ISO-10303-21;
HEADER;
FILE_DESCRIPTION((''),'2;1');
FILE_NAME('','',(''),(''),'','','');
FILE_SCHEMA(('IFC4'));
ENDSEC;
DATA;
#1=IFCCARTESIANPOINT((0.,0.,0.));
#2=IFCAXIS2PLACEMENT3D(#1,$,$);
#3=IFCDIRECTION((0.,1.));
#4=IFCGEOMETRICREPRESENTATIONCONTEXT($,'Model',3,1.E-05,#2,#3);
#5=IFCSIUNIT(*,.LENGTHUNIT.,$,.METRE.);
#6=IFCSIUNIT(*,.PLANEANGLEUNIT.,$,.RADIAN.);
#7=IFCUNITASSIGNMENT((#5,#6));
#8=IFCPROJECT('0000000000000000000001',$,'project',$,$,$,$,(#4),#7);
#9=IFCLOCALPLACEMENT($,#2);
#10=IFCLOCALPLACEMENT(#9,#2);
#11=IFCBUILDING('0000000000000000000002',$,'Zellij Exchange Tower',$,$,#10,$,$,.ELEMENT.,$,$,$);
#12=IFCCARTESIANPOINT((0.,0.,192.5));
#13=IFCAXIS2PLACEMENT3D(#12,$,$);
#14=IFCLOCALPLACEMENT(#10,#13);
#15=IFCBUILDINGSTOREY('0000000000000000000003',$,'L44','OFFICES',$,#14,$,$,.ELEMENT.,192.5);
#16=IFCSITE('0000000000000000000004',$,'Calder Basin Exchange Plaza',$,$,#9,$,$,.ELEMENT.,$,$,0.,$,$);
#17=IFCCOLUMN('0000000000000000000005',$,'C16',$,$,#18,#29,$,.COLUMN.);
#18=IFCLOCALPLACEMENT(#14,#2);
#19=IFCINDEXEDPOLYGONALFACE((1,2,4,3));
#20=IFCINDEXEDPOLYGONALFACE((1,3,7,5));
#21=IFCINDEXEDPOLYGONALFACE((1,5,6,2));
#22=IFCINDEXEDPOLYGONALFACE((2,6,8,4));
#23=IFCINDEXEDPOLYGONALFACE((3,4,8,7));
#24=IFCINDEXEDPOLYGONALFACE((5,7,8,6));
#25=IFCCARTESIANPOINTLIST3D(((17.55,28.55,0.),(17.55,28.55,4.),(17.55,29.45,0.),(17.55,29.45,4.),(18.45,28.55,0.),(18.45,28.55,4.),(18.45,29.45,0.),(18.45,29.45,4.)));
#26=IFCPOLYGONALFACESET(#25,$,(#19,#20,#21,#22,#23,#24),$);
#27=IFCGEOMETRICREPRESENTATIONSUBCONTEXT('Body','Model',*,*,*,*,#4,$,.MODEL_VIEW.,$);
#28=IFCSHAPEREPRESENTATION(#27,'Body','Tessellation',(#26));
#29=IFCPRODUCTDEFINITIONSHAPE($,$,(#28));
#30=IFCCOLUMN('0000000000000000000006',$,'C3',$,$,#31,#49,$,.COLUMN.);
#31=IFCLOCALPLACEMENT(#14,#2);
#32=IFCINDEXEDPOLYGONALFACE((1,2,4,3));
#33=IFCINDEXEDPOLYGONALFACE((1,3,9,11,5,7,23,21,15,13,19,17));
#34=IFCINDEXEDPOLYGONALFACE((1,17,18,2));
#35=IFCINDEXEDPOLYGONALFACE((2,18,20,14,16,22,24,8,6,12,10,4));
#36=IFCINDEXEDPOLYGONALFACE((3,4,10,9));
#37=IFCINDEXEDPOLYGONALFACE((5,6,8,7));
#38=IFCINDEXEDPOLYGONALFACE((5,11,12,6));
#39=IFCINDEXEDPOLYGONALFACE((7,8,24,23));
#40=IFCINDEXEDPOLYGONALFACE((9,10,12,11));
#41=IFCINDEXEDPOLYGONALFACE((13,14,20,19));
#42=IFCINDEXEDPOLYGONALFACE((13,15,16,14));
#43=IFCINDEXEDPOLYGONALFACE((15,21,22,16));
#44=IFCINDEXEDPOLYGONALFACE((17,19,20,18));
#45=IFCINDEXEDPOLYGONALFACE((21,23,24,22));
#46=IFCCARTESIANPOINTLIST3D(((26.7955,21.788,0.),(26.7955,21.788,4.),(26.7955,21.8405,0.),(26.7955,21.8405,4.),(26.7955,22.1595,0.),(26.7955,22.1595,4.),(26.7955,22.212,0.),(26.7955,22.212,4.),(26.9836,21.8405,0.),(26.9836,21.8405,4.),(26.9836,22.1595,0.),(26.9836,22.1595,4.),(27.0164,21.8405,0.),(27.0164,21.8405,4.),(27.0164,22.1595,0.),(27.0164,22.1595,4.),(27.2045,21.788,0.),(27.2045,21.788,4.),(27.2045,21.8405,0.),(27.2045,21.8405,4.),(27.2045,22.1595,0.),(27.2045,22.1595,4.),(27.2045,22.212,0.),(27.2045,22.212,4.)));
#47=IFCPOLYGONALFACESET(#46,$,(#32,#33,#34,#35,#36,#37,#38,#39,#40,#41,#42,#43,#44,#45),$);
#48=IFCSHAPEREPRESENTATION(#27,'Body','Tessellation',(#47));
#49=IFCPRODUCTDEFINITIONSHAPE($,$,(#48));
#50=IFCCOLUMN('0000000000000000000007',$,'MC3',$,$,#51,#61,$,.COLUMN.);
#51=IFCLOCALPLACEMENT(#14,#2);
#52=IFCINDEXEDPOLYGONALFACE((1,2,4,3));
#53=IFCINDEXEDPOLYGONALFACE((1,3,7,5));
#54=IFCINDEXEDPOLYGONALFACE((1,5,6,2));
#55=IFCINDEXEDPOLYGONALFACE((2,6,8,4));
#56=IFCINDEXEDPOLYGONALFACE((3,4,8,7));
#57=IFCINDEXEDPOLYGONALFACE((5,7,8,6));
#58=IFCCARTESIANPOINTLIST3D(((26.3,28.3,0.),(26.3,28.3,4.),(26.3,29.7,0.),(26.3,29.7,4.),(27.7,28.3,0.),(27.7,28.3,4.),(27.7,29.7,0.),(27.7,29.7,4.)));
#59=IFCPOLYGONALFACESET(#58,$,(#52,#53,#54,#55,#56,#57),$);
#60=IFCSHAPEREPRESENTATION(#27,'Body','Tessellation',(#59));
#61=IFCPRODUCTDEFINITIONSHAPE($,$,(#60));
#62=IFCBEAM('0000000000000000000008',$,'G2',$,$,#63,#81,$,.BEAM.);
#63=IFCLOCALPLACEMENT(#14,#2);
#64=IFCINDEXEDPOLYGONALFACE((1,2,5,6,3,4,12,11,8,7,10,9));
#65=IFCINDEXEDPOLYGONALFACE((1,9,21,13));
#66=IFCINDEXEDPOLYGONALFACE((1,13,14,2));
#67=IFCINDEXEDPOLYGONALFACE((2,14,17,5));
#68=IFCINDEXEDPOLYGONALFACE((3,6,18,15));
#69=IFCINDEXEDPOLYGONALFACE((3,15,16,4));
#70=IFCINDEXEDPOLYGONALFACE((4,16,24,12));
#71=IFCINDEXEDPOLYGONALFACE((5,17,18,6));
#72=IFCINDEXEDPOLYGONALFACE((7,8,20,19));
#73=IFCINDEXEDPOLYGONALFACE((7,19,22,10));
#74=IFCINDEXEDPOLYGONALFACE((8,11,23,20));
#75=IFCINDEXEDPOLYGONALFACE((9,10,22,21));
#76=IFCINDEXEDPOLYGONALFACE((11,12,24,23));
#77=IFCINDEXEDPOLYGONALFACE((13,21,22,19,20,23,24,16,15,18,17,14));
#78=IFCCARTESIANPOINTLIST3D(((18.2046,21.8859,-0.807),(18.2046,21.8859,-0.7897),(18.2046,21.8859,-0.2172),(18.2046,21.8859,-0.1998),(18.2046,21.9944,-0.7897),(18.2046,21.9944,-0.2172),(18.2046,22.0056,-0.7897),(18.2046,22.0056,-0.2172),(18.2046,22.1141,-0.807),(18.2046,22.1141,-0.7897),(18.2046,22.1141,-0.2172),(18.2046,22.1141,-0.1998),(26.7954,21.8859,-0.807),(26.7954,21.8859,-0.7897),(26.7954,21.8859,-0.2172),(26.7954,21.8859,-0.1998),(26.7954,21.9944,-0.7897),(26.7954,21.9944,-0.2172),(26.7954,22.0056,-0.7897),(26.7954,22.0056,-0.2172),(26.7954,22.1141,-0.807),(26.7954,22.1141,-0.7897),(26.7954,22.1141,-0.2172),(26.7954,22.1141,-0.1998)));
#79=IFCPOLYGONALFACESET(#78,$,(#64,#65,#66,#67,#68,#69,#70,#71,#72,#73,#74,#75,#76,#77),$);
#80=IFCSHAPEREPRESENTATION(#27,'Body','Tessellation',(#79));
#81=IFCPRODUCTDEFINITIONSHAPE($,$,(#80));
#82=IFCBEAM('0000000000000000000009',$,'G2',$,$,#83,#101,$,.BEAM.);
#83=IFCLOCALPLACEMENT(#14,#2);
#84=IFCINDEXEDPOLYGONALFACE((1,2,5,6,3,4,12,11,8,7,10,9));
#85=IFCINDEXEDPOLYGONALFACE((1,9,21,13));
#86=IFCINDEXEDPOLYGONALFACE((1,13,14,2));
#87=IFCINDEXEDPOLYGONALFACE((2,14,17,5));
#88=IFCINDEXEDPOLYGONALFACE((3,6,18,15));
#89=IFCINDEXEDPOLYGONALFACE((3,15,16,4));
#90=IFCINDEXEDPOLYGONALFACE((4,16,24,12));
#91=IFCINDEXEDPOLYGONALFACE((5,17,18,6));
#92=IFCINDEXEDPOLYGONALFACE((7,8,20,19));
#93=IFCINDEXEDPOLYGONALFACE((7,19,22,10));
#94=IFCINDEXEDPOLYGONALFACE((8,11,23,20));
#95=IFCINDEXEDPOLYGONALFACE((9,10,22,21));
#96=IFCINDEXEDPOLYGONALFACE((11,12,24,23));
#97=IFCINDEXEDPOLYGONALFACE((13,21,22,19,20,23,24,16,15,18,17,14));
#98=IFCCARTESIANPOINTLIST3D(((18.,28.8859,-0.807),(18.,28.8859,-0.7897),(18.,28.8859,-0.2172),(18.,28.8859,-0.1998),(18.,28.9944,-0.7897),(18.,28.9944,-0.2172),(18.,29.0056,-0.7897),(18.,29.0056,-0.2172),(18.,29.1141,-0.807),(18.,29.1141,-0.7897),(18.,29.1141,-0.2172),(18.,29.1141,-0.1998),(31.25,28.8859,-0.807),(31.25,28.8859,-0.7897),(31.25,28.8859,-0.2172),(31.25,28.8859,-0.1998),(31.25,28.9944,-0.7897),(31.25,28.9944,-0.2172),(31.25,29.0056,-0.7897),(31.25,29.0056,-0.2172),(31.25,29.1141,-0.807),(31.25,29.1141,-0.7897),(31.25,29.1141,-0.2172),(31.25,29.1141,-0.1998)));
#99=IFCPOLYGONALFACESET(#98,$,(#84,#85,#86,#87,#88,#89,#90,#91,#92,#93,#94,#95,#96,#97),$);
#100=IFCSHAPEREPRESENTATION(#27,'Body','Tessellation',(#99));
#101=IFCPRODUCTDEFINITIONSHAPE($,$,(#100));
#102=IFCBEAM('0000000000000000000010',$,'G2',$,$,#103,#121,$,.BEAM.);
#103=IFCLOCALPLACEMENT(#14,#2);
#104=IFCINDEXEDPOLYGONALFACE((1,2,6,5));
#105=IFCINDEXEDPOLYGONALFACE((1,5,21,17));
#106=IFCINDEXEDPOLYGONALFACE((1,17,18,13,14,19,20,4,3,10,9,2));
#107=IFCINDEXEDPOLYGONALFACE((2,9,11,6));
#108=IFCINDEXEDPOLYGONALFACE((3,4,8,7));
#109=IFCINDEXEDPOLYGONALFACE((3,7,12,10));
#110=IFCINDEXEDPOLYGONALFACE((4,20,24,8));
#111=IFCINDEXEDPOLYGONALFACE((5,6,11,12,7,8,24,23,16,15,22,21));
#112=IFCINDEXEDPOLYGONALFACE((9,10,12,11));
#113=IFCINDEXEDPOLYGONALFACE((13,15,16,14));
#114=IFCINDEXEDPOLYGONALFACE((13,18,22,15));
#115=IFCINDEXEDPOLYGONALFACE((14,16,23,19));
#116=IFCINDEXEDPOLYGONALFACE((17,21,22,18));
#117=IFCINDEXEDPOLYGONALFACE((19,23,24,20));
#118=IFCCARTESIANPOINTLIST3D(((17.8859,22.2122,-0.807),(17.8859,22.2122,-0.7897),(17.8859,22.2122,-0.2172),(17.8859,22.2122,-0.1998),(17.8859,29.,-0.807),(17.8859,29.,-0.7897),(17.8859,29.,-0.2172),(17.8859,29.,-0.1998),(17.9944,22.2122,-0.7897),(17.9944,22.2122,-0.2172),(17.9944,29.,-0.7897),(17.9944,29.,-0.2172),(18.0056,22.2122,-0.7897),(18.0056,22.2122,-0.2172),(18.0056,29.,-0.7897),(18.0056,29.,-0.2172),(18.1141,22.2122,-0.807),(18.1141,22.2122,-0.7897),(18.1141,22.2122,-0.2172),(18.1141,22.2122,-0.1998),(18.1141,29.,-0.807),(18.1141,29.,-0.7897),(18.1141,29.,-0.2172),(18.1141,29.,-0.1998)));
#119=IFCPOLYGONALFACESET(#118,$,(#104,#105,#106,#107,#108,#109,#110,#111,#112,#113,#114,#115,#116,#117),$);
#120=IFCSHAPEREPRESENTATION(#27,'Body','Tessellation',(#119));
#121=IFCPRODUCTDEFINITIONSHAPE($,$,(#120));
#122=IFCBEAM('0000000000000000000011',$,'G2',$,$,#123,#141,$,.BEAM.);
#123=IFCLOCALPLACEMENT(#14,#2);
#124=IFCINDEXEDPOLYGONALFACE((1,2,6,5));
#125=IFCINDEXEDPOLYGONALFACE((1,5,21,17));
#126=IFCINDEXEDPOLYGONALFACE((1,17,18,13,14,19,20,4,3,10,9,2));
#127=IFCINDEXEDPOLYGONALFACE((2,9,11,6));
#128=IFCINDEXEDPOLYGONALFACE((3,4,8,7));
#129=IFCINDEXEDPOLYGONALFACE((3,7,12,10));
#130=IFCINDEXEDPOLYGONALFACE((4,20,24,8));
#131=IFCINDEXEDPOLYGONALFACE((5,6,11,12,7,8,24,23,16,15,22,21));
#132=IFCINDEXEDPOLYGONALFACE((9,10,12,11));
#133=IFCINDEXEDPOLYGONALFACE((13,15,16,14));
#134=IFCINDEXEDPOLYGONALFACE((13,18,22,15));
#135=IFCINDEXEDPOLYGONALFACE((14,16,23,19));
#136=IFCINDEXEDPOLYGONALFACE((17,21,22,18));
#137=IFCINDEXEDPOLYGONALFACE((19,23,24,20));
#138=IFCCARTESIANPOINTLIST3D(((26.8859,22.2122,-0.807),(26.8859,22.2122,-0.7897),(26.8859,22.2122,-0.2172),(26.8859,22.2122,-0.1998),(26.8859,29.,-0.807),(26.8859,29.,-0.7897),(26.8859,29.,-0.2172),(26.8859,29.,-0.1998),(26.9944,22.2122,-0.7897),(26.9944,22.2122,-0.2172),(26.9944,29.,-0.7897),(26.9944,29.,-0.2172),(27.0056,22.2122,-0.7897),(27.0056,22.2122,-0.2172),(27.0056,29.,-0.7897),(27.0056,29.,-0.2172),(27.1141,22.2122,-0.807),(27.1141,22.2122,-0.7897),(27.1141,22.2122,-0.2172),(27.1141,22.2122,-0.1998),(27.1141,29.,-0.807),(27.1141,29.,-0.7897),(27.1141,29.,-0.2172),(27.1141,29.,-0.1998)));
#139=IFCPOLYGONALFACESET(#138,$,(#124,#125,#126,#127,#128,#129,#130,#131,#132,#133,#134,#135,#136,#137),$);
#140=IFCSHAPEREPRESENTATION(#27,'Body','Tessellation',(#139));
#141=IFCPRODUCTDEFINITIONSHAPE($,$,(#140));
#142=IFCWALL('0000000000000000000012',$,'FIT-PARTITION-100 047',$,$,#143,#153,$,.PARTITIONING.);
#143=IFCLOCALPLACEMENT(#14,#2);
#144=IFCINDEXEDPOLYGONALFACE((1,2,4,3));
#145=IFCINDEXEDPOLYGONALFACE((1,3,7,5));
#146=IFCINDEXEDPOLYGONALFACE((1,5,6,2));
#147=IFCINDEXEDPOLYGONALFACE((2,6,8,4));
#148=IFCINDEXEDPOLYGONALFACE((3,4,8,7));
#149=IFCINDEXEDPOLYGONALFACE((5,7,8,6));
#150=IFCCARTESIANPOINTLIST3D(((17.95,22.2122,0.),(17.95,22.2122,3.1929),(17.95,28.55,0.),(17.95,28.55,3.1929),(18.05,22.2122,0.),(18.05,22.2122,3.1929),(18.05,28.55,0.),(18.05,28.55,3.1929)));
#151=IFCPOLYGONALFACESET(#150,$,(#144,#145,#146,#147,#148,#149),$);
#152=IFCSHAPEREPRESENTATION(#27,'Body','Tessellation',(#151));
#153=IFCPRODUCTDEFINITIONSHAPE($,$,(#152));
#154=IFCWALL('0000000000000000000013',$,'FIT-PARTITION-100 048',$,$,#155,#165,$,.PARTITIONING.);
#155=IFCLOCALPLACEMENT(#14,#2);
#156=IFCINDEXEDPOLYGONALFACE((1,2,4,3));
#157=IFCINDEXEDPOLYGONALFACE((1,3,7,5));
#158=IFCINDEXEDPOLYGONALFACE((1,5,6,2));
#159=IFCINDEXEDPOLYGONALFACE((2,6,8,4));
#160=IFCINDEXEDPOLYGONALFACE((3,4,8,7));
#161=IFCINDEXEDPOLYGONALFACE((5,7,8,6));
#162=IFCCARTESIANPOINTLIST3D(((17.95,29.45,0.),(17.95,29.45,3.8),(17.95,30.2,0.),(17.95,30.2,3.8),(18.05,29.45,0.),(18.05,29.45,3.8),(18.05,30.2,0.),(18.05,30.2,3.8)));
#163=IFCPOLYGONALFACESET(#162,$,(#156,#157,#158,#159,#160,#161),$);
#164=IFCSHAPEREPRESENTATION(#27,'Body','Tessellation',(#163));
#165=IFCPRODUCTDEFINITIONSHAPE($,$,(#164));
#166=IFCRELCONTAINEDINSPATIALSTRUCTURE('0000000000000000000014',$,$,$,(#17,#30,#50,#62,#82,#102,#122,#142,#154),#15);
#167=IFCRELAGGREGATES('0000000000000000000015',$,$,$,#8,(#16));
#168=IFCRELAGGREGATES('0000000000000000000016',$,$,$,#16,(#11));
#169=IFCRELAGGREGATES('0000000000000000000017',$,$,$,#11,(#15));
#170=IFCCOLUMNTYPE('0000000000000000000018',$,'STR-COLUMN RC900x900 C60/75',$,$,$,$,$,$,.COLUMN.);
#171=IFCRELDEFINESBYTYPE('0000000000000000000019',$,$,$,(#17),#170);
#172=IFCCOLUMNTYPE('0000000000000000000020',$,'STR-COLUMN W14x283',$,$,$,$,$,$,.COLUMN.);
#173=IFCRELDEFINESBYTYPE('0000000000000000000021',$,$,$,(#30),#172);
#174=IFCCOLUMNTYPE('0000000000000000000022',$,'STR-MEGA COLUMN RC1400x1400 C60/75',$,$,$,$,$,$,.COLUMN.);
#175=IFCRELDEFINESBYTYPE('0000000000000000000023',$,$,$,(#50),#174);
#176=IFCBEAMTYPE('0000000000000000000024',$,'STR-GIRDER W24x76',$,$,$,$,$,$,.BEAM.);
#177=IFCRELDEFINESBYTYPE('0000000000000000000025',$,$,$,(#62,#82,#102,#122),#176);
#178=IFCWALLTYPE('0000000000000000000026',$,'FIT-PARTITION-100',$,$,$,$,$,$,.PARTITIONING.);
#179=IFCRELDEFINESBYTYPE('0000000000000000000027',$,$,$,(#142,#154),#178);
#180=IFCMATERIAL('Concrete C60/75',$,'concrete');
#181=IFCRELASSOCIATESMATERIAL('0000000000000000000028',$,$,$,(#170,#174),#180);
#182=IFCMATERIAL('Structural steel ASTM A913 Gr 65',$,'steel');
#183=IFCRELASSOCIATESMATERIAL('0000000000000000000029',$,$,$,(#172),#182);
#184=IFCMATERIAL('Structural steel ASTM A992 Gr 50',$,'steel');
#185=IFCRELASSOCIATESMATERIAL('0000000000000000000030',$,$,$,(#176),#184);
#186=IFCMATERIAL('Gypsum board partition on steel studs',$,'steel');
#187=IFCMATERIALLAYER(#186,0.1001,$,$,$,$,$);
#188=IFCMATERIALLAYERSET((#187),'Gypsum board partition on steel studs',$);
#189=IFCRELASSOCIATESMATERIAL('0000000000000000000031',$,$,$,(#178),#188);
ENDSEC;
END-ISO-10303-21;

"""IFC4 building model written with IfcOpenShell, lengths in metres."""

from ifc_helpers import new_model, si_unit, direction, frame, frame_2d, origin, origin_2d, place, context, subcontext, project, spatial, rectangle, i_section, extrude, material, layer, layer_set, material_profile, profile_set, type_object, element, save


model = new_model("IFC4")

# Units and contexts
model_context = context("Model", 3, precision=1e-05, world=origin(), true_north=direction((0.0, 1.0)))
body_context = subcontext(model_context, "Body", "Model", "MODEL_VIEW")
ifc_project = project(units=[si_unit("LENGTHUNIT", "METRE"), si_unit("PLANEANGLEUNIT", "RADIAN")], contexts=[model_context])

# Site, building, storey
site_placement = place(None, origin())
site = spatial("IfcSite", under=ifc_project, at=site_placement, Name="Calder Basin Exchange Plaza", CompositionType="ELEMENT", RefElevation=0.0)
building_placement = place(site_placement, origin())
building = spatial("IfcBuilding", under=site, at=building_placement, Name="Zellij Exchange Tower", CompositionType="ELEMENT")
storey_placement = place(building_placement, frame((0.0, 0.0, 192.5)))
storey = spatial("IfcBuildingStorey", under=building, at=storey_placement, Name="L44", Description="OFFICES", CompositionType="ELEMENT", Elevation=192.5)

# Columns
ifc_material_1 = material(Name="Concrete C60/75", Category="concrete")
ifc_material_profile_1 = material_profile(ifc_material_1, rectangle(XDim=0.8999, YDim=0.8999, at=origin_2d()), Name="STR-COLUMN RC900x900 C60/75")
ifc_profile_set_1 = profile_set([ifc_material_profile_1], Name="Concrete C60/75")
column_type_1 = type_object("IfcColumnType", Name="STR-COLUMN RC900x900 C60/75", PredefinedType="COLUMN", material=ifc_profile_set_1)
column_1_placement = place(storey_placement, frame((18.0, 29.0, 0.0), z_axis=(0.0, 0.0, 1.0), x_axis=(1.0, 0.0, 0.0)))
element("IfcColumn", 1, at=column_1_placement, inside=storey, type_object=column_type_1, Name="C16", PredefinedType="COLUMN", context=body_context, shape_type="SweptSolid", body=[
    extrude(rectangle(XDim=0.8999, YDim=0.8999, at=origin_2d()), origin(), (0.0, 0.0, 1.0), 4.0),
])
ifc_material_2 = material(Name="Structural steel ASTM A913 Gr 65", Category="steel")
ifc_material_profile_2 = material_profile(ifc_material_2, i_section(OverallWidth=0.4089, OverallDepth=0.4241, WebThickness=0.0327, FlangeThickness=0.0525, at=origin_2d()), Name="W14x283")
ifc_profile_set_2 = profile_set([ifc_material_profile_2], Name="Structural steel ASTM A913 Gr 65")
column_type_2 = type_object("IfcColumnType", Name="STR-COLUMN W14x283", PredefinedType="COLUMN", material=ifc_profile_set_2)
column_2_placement = place(storey_placement, frame((27.0, 22.0, 0.0), z_axis=(0.0, 0.0, 1.0), x_axis=(1.0, 0.0, 0.0)))
element("IfcColumn", 2, at=column_2_placement, inside=storey, type_object=column_type_2, Name="C3", PredefinedType="COLUMN", context=body_context, shape_type="SweptSolid", body=[
    extrude(i_section(OverallWidth=0.4089, OverallDepth=0.4241, WebThickness=0.0327, FlangeThickness=0.0525, at=origin_2d()), origin(), (0.0, 0.0, 1.0), 4.0),
])
ifc_material_profile_3 = material_profile(ifc_material_1, rectangle(XDim=1.3999, YDim=1.3999, at=origin_2d()), Name="STR-MEGA COLUMN RC1400x1400 C60/75")
ifc_profile_set_3 = profile_set([ifc_material_profile_3], Name="Concrete C60/75")
column_type_3 = type_object("IfcColumnType", Name="STR-MEGA COLUMN RC1400x1400 C60/75", PredefinedType="COLUMN", material=ifc_profile_set_3)
column_3_placement = place(storey_placement, frame((27.0, 29.0, 0.0), z_axis=(0.0, 0.0, 1.0), x_axis=(1.0, 0.0, 0.0)))
element("IfcColumn", 3, at=column_3_placement, inside=storey, type_object=column_type_3, Name="MC3", PredefinedType="COLUMN", context=body_context, shape_type="SweptSolid", body=[
    extrude(rectangle(XDim=1.3999, YDim=1.3999, at=origin_2d()), origin(), (0.0, 0.0, 1.0), 4.0),
])

# Beams
ifc_material_3 = material(Name="Structural steel ASTM A992 Gr 50", Category="steel")
ifc_material_profile_4 = material_profile(ifc_material_3, i_section(OverallWidth=0.2283, OverallDepth=0.6072, WebThickness=0.0112, FlangeThickness=0.0173, at=origin_2d()), Name="W24x76")
ifc_profile_set_4 = profile_set([ifc_material_profile_4], Name="Structural steel ASTM A992 Gr 50")
beam_type = type_object("IfcBeamType", Name="STR-GIRDER W24x76", PredefinedType="BEAM", material=ifc_profile_set_4)
beam_1_placement = place(storey_placement, frame((18.2046, 22.0, -0.5034), z_axis=(1.0, 0.0, 0.0), x_axis=(0.0, 1.0, 0.0)))
element("IfcBeam", 4, at=beam_1_placement, inside=storey, type_object=beam_type, Name="G2", PredefinedType="BEAM", context=body_context, shape_type="SweptSolid", body=[
    extrude(i_section(OverallWidth=0.2283, OverallDepth=0.6072, WebThickness=0.0112, FlangeThickness=0.0173, at=origin_2d()), origin(), (0.0, 0.0, 1.0), 8.5908),
])
beam_2_placement = place(storey_placement, frame((18.0, 29.0, -0.5034), z_axis=(1.0, 0.0, 0.0), x_axis=(0.0, 1.0, 0.0)))
element("IfcBeam", 5, at=beam_2_placement, inside=storey, type_object=beam_type, Name="G2", PredefinedType="BEAM", context=body_context, shape_type="SweptSolid", body=[
    extrude(i_section(OverallWidth=0.2283, OverallDepth=0.6072, WebThickness=0.0112, FlangeThickness=0.0173, at=origin_2d()), origin(), (0.0, 0.0, 1.0), 13.25),
])
for number, where, z_axis, x_axis, name in (
    (6, (18.0, 22.2122, -0.5034), (0.0, 1.0, 0.0), (-1.0, 0.0, 0.0), "G2"),
    (7, (27.0, 22.2122, -0.5034), (0.0, 1.0, 0.0), (-1.0, 0.0, 0.0), "G2"),
):
    element("IfcBeam", number, at=place(storey_placement, frame(where, z_axis=z_axis, x_axis=x_axis)), inside=storey, type_object=beam_type, Name=name, PredefinedType="BEAM", context=body_context, shape_type="SweptSolid", body=[
        extrude(i_section(OverallWidth=0.2283, OverallDepth=0.6072, WebThickness=0.0112, FlangeThickness=0.0173, at=origin_2d()), origin(), (0.0, 0.0, 1.0), 6.7878),
    ])

# Walls
ifc_material_4 = material(Name="Gypsum board partition on steel studs", Category="steel")
ifc_layer = layer(ifc_material_4, 0.1001)
ifc_layer_set = layer_set([ifc_layer], Name="Gypsum board partition on steel studs")
wall_type = type_object("IfcWallType", Name="FIT-PARTITION-100", PredefinedType="PARTITIONING", material=ifc_layer_set)
wall_1_placement = place(storey_placement, frame((18.0, 22.2122, 0.0), z_axis=(0.0, 0.0, 1.0), x_axis=(0.0, 1.0, 0.0)))
element("IfcWall", 8, at=wall_1_placement, inside=storey, type_object=wall_type, Name="FIT-PARTITION-100 047", PredefinedType="PARTITIONING", context=body_context, shape_type="SweptSolid", body=[
    extrude(rectangle(XDim=6.3379, YDim=0.1001, at=frame_2d((3.1689, 0.0))), origin(), (0.0, 0.0, 1.0), 3.1929),
])
wall_2_placement = place(storey_placement, frame((18.0, 29.45, 0.0), z_axis=(0.0, 0.0, 1.0), x_axis=(0.0, 1.0, 0.0)))
element("IfcWall", 9, at=wall_2_placement, inside=storey, type_object=wall_type, Name="FIT-PARTITION-100 048", PredefinedType="PARTITIONING", context=body_context, shape_type="SweptSolid", body=[
    extrude(rectangle(XDim=0.75, YDim=0.1001, at=frame_2d((0.375, 0.0))), origin(), (0.0, 0.0, 1.0), 3.8),
])

save(model, "model.ifc")
